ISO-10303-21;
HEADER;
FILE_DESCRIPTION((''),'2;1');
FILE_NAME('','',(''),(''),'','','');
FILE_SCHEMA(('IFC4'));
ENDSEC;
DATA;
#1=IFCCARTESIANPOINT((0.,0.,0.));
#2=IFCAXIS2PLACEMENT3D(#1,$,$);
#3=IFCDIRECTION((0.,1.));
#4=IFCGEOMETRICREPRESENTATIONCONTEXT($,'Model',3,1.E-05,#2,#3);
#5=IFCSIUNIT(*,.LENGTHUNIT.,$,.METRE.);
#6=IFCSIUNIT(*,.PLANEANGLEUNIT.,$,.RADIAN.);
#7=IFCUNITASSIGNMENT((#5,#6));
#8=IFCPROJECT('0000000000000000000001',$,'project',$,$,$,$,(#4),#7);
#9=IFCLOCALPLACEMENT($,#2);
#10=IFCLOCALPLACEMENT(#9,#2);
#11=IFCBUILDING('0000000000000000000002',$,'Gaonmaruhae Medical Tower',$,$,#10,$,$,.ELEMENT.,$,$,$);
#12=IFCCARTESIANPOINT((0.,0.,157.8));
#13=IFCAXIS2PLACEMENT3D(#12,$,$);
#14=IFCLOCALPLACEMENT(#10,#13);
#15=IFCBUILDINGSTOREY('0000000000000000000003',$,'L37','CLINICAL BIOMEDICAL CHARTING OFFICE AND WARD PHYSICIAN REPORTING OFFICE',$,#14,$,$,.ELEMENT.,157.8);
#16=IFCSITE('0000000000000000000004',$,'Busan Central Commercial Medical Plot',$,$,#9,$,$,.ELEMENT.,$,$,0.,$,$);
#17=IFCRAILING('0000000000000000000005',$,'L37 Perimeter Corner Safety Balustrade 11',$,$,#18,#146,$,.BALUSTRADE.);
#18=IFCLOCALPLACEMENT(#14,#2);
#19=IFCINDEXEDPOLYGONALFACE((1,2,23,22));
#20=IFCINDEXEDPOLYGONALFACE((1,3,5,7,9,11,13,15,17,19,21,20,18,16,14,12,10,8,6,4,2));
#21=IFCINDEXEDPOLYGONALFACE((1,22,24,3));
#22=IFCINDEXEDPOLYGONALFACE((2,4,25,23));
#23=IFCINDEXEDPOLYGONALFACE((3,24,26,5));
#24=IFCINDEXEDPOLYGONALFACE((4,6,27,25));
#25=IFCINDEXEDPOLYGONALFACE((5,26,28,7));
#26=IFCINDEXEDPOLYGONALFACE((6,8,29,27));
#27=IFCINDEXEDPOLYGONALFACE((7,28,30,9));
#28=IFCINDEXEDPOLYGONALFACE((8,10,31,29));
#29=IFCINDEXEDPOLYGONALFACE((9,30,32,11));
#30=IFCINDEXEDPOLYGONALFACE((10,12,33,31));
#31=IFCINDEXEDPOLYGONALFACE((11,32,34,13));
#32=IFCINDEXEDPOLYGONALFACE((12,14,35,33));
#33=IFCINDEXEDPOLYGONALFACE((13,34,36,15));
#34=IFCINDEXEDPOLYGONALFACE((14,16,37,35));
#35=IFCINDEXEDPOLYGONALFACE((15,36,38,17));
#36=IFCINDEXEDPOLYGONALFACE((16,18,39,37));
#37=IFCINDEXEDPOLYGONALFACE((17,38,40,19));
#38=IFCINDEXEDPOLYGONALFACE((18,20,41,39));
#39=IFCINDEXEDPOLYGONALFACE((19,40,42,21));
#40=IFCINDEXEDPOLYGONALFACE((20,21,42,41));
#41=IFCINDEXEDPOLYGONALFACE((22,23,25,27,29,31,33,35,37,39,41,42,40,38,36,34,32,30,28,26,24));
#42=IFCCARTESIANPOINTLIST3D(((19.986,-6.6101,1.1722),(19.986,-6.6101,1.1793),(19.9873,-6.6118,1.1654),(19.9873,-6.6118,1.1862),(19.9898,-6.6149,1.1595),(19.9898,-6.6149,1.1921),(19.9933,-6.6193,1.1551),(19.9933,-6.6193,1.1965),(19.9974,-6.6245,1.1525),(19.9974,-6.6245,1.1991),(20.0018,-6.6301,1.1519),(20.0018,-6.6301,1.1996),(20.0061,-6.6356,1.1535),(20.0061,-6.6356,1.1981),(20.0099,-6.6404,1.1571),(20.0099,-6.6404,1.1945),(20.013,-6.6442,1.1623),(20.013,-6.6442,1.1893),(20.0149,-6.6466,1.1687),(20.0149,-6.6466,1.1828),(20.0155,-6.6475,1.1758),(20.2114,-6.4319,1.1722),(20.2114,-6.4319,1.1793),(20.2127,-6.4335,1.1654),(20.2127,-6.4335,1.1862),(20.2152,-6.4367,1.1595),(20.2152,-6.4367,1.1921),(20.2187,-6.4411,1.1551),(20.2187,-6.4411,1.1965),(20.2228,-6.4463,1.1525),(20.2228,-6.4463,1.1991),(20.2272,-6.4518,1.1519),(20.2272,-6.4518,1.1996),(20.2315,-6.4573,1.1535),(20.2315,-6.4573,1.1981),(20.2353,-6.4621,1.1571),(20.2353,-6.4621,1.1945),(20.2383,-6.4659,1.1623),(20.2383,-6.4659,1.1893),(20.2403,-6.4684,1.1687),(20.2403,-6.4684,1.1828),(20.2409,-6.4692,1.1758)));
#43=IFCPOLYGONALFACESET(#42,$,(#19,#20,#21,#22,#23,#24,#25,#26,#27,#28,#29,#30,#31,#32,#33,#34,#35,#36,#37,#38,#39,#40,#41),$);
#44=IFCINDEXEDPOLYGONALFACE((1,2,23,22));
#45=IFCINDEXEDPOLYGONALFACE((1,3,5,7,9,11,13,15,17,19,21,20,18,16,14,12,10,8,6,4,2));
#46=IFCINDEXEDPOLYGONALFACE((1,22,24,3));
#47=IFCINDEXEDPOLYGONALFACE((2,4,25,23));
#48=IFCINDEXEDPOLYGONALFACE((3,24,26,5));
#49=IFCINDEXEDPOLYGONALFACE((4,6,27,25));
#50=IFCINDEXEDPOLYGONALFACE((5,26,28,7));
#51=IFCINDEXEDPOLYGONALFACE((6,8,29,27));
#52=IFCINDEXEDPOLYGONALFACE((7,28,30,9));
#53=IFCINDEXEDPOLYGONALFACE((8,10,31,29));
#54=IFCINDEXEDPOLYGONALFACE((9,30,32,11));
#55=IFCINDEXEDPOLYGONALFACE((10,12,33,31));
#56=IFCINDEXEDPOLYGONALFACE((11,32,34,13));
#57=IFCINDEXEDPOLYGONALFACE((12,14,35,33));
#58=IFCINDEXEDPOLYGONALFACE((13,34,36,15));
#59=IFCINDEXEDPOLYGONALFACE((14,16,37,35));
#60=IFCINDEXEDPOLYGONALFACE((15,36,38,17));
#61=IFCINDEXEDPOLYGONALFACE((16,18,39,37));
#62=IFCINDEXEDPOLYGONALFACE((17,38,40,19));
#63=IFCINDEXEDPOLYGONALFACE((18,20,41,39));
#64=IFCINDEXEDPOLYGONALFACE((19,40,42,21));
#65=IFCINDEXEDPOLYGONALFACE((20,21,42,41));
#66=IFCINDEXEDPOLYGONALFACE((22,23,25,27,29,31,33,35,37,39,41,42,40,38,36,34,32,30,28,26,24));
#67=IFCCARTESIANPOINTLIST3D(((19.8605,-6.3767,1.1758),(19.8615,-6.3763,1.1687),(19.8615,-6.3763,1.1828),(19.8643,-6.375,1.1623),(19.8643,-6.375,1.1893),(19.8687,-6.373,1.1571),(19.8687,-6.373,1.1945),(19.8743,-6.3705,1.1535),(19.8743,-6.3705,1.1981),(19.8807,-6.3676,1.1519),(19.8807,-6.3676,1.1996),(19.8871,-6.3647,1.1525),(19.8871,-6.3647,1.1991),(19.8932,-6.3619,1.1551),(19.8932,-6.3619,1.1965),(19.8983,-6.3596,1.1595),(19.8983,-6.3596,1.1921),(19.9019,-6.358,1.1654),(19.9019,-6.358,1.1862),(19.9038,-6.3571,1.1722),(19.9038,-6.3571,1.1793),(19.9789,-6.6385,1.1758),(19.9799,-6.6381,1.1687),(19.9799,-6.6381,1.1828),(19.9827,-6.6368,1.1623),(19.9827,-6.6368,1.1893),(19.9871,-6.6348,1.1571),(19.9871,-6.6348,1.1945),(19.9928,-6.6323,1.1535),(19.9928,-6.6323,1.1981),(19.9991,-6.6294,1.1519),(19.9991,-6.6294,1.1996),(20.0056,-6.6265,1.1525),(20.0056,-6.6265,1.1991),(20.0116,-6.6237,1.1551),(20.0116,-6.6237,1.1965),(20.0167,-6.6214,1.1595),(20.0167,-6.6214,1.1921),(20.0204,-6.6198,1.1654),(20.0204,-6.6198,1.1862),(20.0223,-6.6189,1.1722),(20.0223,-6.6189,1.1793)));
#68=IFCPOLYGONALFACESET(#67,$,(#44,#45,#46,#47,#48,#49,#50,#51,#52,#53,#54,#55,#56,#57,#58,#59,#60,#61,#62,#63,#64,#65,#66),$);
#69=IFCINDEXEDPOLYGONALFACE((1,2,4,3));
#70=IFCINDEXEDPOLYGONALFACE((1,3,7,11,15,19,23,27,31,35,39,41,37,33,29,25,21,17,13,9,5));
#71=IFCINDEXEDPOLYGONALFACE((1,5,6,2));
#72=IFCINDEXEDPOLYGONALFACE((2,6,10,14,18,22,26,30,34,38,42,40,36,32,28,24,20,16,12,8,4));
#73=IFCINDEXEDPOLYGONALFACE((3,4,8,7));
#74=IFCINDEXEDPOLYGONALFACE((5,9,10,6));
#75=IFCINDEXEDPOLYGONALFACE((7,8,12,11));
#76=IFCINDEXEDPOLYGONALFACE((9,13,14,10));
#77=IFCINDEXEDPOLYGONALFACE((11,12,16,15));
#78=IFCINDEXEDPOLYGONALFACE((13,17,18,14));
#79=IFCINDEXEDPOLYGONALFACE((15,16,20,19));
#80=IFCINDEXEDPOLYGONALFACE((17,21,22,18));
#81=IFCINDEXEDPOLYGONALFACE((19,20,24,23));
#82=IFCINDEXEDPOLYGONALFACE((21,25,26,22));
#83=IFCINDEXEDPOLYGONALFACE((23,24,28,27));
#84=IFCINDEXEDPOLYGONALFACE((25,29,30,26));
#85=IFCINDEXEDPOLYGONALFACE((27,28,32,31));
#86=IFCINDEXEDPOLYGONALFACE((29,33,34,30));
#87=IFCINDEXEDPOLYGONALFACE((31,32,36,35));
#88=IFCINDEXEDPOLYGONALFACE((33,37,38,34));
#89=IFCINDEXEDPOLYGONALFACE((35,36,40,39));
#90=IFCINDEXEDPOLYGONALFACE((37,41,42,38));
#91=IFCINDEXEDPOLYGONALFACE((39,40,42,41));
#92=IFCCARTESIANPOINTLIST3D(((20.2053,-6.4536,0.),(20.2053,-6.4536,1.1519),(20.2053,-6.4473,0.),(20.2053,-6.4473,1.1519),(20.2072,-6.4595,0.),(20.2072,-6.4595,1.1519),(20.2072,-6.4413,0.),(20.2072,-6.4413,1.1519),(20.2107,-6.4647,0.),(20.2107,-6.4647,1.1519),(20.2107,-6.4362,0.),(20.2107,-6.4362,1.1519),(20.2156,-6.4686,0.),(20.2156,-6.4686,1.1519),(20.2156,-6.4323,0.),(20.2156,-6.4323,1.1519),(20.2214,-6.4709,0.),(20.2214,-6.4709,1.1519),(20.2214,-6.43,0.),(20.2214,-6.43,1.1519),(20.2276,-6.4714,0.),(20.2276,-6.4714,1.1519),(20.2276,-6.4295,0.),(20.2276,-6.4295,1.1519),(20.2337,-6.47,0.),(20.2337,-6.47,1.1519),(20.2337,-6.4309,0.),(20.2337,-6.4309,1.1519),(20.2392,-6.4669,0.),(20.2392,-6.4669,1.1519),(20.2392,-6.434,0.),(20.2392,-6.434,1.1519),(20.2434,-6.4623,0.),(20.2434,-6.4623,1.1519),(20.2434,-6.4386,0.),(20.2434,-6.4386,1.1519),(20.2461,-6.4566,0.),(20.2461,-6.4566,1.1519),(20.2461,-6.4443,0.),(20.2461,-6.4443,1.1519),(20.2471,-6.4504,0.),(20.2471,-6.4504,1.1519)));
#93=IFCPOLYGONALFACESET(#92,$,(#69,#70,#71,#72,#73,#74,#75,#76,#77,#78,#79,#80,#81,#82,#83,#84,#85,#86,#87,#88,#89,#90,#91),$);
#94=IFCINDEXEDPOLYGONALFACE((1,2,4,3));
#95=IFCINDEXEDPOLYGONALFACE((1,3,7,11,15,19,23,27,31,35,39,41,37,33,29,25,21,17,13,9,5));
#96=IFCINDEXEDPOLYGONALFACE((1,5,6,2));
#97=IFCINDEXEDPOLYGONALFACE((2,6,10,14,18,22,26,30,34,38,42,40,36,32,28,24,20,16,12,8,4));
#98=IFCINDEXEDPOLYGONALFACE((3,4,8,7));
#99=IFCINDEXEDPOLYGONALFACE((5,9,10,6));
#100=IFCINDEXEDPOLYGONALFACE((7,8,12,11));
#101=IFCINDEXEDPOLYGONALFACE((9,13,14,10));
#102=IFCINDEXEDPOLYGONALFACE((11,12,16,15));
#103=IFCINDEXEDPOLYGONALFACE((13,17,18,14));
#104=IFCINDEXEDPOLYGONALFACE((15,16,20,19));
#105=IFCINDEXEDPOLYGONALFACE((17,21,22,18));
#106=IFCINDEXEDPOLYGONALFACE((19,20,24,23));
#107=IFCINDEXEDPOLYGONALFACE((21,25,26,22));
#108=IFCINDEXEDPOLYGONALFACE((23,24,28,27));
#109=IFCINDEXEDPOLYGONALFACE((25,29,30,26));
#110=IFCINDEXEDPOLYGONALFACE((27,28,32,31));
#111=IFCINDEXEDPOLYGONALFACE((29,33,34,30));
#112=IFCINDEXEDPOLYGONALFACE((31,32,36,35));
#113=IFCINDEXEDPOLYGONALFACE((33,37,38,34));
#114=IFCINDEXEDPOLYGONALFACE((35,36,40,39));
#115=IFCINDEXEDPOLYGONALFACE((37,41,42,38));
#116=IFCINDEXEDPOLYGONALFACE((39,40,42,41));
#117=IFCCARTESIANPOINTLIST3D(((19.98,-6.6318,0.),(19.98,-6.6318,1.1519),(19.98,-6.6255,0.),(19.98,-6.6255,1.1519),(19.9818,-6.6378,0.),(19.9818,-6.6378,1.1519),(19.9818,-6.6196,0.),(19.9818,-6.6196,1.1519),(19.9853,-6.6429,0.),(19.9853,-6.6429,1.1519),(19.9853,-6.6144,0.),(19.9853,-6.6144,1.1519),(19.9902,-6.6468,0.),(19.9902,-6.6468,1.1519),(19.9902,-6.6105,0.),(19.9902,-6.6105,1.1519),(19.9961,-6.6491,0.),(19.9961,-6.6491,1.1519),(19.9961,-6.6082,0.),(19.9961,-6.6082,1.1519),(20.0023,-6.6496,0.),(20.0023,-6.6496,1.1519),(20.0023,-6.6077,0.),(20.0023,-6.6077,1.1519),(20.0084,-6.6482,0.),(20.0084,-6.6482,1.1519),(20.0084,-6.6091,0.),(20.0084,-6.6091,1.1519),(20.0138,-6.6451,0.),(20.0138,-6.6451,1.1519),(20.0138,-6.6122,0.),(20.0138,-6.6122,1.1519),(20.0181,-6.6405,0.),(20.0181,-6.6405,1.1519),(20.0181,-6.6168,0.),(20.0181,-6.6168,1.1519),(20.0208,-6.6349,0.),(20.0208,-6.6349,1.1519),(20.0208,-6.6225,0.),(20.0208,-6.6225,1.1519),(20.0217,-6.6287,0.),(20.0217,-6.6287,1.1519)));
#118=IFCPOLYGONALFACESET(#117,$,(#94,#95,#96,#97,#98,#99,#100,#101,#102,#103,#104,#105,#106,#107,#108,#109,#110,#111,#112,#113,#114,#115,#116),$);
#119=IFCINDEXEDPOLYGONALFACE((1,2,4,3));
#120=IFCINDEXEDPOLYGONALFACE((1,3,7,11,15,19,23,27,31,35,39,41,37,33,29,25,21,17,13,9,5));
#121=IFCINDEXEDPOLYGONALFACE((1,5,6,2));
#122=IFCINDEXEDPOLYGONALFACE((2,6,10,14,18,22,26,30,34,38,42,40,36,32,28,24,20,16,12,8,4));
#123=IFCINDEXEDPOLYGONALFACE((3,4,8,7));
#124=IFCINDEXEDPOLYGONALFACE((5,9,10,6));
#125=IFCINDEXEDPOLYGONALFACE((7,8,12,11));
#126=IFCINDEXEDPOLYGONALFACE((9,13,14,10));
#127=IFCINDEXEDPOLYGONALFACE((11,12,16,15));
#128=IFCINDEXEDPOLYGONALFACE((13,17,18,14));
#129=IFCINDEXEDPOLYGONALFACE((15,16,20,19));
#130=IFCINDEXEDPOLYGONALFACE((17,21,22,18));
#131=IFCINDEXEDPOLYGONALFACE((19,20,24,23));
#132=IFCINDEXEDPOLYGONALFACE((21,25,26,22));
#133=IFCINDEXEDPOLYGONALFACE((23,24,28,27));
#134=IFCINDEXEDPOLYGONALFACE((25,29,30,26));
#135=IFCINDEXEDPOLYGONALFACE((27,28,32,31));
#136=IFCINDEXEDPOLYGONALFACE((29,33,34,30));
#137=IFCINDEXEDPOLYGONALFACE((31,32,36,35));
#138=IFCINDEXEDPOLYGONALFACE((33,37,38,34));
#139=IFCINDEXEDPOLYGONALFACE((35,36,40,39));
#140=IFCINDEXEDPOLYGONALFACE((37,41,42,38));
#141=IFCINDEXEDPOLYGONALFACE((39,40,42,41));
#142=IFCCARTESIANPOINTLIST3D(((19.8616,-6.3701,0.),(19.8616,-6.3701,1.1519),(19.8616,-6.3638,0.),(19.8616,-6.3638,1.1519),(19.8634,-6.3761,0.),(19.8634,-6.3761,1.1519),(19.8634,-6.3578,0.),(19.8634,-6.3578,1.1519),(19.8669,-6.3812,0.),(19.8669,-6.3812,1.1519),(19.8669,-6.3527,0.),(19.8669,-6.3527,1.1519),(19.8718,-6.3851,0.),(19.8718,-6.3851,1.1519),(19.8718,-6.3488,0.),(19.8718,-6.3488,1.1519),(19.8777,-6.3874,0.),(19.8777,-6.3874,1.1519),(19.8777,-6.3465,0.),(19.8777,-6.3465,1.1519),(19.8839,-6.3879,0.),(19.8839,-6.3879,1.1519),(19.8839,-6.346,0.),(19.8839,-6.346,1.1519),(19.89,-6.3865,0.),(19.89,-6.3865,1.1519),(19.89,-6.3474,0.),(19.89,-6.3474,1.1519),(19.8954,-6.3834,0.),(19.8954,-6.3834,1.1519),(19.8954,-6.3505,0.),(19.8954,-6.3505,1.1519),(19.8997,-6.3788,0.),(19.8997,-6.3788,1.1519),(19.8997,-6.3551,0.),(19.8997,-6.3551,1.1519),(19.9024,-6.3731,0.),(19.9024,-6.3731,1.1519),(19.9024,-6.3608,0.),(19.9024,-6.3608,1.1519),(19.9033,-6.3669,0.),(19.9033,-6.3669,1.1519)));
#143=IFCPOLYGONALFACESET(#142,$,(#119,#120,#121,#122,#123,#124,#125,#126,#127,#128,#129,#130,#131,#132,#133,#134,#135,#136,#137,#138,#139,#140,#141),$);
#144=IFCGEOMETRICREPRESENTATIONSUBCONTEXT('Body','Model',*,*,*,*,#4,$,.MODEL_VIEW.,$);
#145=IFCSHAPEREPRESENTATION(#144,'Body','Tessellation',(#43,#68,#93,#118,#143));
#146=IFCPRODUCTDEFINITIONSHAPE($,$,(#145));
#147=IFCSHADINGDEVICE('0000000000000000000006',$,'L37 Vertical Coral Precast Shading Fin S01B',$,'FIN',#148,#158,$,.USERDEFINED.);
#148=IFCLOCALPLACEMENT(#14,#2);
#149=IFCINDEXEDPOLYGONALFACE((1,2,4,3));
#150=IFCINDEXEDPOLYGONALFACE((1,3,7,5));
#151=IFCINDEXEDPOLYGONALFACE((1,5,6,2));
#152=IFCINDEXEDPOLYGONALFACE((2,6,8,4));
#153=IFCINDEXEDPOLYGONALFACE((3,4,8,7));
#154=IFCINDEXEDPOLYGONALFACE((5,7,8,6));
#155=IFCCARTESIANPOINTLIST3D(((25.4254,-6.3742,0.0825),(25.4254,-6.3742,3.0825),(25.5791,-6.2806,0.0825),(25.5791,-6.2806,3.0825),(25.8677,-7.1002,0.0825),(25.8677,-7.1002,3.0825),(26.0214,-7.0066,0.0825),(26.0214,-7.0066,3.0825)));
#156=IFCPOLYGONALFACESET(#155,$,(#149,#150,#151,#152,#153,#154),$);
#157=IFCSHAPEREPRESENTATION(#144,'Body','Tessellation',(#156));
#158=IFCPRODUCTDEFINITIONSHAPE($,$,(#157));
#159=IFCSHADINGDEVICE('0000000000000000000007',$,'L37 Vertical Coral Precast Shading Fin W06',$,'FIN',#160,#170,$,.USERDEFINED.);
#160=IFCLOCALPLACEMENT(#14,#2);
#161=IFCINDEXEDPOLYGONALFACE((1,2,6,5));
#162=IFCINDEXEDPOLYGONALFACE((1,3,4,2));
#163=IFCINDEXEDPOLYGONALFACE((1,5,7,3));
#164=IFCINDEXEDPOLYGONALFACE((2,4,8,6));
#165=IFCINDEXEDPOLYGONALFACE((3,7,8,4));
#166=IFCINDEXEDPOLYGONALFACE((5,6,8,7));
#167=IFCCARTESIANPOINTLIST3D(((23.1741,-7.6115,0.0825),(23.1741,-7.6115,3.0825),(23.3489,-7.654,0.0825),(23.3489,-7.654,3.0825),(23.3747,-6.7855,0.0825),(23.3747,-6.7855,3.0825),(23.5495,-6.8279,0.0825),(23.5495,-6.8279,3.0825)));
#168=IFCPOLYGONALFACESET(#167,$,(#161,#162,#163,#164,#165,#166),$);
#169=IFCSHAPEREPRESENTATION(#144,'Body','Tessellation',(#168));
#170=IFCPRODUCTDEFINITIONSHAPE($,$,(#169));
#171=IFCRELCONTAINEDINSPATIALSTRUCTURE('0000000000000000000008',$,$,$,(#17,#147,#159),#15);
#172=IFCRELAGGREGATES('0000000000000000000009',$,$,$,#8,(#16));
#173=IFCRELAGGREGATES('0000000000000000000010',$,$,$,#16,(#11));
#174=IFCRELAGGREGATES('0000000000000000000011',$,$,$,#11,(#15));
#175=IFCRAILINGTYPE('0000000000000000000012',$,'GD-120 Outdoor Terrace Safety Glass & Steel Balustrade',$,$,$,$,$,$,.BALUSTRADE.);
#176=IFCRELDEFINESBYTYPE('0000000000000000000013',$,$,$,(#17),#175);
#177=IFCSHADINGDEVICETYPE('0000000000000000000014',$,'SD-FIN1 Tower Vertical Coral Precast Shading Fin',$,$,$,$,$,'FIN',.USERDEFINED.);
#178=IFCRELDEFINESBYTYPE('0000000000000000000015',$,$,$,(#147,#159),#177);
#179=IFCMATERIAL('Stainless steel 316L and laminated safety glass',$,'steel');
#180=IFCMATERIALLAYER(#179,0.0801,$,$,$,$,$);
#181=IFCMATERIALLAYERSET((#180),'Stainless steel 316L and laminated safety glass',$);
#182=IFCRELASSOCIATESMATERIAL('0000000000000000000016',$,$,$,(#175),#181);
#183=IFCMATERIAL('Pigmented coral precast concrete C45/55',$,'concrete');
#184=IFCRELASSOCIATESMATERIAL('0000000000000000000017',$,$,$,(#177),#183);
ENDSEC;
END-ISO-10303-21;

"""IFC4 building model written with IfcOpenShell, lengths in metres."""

from ifc_helpers import new_model, si_unit, direction, frame, origin, origin_2d, place, context, subcontext, project, spatial, rectangle, circle, extrude, material, layer, layer_set, type_object, element, save


model = new_model("IFC4")

# Units and contexts
model_context = context("Model", 3, precision=1e-05, world=origin(), true_north=direction((0.0, 1.0)))
body_context = subcontext(model_context, "Body", "Model", "MODEL_VIEW")
ifc_project = project(units=[si_unit("LENGTHUNIT", "METRE"), si_unit("PLANEANGLEUNIT", "RADIAN")], contexts=[model_context])

# Site, building, storey
site_placement = place(None, origin())
site = spatial("IfcSite", under=ifc_project, at=site_placement, Name="Busan Central Commercial Medical Plot", CompositionType="ELEMENT", RefElevation=0.0)
building_placement = place(site_placement, origin())
building = spatial("IfcBuilding", under=site, at=building_placement, Name="Gaonmaruhae Medical Tower", CompositionType="ELEMENT")
storey_placement = place(building_placement, frame((0.0, 0.0, 157.8)))
storey = spatial("IfcBuildingStorey", under=building, at=storey_placement, Name="L37", Description="CLINICAL BIOMEDICAL CHARTING OFFICE AND WARD PHYSICIAN REPORTING OFFICE", CompositionType="ELEMENT", Elevation=157.8)

# Railing
ifc_material_1 = material(Name="Stainless steel 316L and laminated safety glass", Category="steel")
ifc_layer_1 = layer(ifc_material_1, 0.0801)
ifc_layer_set_1 = layer_set([ifc_layer_1], Name="Stainless steel 316L and laminated safety glass")
railing_type = type_object("IfcRailingType", Name="GD-120 Outdoor Terrace Safety Glass & Steel Balustrade", PredefinedType="BALUSTRADE", material=ifc_layer_set_1)
for number, where, name in (
    (1, (20.2261, -6.4504, 0.0), "L37 Perimeter Corner Safety Balustrade 11"),
):
    element("IfcRailing", number, at=place(storey_placement, frame(where)), inside=storey, type_object=railing_type, Name=name, PredefinedType="BALUSTRADE", context=body_context, shape_type="SweptSolid", body=[
        extrude(circle(Radius=0.0239, at=origin_2d()), frame((0.0, 0.0, 1.1758), z_axis=(-0.784339, -0.620333, 0.0), x_axis=(0.620333, -0.784339, 0.0)), (0.0, 0.0, 1.0), 0.2874),
        extrude(circle(Radius=0.0239, at=origin_2d()), frame((-0.2253, -0.1782, 1.1758), z_axis=(-0.412201, 0.911093, 0.0), x_axis=(-0.911093, -0.412201, 0.0)), (0.0, 0.0, 1.0), 0.2874),
        extrude(circle(Radius=0.021, at=origin_2d()), origin(), (0.0, 0.0, 1.0), 1.1519),
        extrude(circle(Radius=0.021, at=origin_2d()), frame((-0.2253, -0.1782, 0.0)), (0.0, 0.0, 1.0), 1.1519),
        extrude(circle(Radius=0.021, at=origin_2d()), frame((-0.3438, 0.0835, 0.0)), (0.0, 0.0, 1.0), 1.1519),
    ])

# Shading devices
ifc_material_2 = material(Name="Pigmented coral precast concrete C45/55", Category="concrete")
shading_device_type = type_object("IfcShadingDeviceType", Name="SD-FIN1 Tower Vertical Coral Precast Shading Fin", ElementType="FIN", PredefinedType="USERDEFINED", material=ifc_material_2)
for number, where, z_axis, x_axis, name in (
    (2, (25.7234, -6.6904, 0.0825), (0.0, 0.0, 1.0), (-0.854005, -0.520265, 0.0), "L37 Vertical Coral Precast Shading Fin S01B"),
    (3, (23.3618, -7.2197, 0.0825), (0.0, 0.0, 1.0), (-0.97176, 0.235973, 0.0), "L37 Vertical Coral Precast Shading Fin W06"),
):
    element("IfcShadingDevice", number, at=place(storey_placement, frame(where, z_axis=z_axis, x_axis=x_axis)), inside=storey, type_object=shading_device_type, Name=name, ObjectType="FIN", PredefinedType="USERDEFINED", context=body_context, shape_type="SweptSolid", body=[
        extrude(rectangle(XDim=0.1799, YDim=0.8501, at=origin_2d()), origin(), (0.0, 0.0, 1.0), 3.0),
    ])

save(model, "model.ifc")
